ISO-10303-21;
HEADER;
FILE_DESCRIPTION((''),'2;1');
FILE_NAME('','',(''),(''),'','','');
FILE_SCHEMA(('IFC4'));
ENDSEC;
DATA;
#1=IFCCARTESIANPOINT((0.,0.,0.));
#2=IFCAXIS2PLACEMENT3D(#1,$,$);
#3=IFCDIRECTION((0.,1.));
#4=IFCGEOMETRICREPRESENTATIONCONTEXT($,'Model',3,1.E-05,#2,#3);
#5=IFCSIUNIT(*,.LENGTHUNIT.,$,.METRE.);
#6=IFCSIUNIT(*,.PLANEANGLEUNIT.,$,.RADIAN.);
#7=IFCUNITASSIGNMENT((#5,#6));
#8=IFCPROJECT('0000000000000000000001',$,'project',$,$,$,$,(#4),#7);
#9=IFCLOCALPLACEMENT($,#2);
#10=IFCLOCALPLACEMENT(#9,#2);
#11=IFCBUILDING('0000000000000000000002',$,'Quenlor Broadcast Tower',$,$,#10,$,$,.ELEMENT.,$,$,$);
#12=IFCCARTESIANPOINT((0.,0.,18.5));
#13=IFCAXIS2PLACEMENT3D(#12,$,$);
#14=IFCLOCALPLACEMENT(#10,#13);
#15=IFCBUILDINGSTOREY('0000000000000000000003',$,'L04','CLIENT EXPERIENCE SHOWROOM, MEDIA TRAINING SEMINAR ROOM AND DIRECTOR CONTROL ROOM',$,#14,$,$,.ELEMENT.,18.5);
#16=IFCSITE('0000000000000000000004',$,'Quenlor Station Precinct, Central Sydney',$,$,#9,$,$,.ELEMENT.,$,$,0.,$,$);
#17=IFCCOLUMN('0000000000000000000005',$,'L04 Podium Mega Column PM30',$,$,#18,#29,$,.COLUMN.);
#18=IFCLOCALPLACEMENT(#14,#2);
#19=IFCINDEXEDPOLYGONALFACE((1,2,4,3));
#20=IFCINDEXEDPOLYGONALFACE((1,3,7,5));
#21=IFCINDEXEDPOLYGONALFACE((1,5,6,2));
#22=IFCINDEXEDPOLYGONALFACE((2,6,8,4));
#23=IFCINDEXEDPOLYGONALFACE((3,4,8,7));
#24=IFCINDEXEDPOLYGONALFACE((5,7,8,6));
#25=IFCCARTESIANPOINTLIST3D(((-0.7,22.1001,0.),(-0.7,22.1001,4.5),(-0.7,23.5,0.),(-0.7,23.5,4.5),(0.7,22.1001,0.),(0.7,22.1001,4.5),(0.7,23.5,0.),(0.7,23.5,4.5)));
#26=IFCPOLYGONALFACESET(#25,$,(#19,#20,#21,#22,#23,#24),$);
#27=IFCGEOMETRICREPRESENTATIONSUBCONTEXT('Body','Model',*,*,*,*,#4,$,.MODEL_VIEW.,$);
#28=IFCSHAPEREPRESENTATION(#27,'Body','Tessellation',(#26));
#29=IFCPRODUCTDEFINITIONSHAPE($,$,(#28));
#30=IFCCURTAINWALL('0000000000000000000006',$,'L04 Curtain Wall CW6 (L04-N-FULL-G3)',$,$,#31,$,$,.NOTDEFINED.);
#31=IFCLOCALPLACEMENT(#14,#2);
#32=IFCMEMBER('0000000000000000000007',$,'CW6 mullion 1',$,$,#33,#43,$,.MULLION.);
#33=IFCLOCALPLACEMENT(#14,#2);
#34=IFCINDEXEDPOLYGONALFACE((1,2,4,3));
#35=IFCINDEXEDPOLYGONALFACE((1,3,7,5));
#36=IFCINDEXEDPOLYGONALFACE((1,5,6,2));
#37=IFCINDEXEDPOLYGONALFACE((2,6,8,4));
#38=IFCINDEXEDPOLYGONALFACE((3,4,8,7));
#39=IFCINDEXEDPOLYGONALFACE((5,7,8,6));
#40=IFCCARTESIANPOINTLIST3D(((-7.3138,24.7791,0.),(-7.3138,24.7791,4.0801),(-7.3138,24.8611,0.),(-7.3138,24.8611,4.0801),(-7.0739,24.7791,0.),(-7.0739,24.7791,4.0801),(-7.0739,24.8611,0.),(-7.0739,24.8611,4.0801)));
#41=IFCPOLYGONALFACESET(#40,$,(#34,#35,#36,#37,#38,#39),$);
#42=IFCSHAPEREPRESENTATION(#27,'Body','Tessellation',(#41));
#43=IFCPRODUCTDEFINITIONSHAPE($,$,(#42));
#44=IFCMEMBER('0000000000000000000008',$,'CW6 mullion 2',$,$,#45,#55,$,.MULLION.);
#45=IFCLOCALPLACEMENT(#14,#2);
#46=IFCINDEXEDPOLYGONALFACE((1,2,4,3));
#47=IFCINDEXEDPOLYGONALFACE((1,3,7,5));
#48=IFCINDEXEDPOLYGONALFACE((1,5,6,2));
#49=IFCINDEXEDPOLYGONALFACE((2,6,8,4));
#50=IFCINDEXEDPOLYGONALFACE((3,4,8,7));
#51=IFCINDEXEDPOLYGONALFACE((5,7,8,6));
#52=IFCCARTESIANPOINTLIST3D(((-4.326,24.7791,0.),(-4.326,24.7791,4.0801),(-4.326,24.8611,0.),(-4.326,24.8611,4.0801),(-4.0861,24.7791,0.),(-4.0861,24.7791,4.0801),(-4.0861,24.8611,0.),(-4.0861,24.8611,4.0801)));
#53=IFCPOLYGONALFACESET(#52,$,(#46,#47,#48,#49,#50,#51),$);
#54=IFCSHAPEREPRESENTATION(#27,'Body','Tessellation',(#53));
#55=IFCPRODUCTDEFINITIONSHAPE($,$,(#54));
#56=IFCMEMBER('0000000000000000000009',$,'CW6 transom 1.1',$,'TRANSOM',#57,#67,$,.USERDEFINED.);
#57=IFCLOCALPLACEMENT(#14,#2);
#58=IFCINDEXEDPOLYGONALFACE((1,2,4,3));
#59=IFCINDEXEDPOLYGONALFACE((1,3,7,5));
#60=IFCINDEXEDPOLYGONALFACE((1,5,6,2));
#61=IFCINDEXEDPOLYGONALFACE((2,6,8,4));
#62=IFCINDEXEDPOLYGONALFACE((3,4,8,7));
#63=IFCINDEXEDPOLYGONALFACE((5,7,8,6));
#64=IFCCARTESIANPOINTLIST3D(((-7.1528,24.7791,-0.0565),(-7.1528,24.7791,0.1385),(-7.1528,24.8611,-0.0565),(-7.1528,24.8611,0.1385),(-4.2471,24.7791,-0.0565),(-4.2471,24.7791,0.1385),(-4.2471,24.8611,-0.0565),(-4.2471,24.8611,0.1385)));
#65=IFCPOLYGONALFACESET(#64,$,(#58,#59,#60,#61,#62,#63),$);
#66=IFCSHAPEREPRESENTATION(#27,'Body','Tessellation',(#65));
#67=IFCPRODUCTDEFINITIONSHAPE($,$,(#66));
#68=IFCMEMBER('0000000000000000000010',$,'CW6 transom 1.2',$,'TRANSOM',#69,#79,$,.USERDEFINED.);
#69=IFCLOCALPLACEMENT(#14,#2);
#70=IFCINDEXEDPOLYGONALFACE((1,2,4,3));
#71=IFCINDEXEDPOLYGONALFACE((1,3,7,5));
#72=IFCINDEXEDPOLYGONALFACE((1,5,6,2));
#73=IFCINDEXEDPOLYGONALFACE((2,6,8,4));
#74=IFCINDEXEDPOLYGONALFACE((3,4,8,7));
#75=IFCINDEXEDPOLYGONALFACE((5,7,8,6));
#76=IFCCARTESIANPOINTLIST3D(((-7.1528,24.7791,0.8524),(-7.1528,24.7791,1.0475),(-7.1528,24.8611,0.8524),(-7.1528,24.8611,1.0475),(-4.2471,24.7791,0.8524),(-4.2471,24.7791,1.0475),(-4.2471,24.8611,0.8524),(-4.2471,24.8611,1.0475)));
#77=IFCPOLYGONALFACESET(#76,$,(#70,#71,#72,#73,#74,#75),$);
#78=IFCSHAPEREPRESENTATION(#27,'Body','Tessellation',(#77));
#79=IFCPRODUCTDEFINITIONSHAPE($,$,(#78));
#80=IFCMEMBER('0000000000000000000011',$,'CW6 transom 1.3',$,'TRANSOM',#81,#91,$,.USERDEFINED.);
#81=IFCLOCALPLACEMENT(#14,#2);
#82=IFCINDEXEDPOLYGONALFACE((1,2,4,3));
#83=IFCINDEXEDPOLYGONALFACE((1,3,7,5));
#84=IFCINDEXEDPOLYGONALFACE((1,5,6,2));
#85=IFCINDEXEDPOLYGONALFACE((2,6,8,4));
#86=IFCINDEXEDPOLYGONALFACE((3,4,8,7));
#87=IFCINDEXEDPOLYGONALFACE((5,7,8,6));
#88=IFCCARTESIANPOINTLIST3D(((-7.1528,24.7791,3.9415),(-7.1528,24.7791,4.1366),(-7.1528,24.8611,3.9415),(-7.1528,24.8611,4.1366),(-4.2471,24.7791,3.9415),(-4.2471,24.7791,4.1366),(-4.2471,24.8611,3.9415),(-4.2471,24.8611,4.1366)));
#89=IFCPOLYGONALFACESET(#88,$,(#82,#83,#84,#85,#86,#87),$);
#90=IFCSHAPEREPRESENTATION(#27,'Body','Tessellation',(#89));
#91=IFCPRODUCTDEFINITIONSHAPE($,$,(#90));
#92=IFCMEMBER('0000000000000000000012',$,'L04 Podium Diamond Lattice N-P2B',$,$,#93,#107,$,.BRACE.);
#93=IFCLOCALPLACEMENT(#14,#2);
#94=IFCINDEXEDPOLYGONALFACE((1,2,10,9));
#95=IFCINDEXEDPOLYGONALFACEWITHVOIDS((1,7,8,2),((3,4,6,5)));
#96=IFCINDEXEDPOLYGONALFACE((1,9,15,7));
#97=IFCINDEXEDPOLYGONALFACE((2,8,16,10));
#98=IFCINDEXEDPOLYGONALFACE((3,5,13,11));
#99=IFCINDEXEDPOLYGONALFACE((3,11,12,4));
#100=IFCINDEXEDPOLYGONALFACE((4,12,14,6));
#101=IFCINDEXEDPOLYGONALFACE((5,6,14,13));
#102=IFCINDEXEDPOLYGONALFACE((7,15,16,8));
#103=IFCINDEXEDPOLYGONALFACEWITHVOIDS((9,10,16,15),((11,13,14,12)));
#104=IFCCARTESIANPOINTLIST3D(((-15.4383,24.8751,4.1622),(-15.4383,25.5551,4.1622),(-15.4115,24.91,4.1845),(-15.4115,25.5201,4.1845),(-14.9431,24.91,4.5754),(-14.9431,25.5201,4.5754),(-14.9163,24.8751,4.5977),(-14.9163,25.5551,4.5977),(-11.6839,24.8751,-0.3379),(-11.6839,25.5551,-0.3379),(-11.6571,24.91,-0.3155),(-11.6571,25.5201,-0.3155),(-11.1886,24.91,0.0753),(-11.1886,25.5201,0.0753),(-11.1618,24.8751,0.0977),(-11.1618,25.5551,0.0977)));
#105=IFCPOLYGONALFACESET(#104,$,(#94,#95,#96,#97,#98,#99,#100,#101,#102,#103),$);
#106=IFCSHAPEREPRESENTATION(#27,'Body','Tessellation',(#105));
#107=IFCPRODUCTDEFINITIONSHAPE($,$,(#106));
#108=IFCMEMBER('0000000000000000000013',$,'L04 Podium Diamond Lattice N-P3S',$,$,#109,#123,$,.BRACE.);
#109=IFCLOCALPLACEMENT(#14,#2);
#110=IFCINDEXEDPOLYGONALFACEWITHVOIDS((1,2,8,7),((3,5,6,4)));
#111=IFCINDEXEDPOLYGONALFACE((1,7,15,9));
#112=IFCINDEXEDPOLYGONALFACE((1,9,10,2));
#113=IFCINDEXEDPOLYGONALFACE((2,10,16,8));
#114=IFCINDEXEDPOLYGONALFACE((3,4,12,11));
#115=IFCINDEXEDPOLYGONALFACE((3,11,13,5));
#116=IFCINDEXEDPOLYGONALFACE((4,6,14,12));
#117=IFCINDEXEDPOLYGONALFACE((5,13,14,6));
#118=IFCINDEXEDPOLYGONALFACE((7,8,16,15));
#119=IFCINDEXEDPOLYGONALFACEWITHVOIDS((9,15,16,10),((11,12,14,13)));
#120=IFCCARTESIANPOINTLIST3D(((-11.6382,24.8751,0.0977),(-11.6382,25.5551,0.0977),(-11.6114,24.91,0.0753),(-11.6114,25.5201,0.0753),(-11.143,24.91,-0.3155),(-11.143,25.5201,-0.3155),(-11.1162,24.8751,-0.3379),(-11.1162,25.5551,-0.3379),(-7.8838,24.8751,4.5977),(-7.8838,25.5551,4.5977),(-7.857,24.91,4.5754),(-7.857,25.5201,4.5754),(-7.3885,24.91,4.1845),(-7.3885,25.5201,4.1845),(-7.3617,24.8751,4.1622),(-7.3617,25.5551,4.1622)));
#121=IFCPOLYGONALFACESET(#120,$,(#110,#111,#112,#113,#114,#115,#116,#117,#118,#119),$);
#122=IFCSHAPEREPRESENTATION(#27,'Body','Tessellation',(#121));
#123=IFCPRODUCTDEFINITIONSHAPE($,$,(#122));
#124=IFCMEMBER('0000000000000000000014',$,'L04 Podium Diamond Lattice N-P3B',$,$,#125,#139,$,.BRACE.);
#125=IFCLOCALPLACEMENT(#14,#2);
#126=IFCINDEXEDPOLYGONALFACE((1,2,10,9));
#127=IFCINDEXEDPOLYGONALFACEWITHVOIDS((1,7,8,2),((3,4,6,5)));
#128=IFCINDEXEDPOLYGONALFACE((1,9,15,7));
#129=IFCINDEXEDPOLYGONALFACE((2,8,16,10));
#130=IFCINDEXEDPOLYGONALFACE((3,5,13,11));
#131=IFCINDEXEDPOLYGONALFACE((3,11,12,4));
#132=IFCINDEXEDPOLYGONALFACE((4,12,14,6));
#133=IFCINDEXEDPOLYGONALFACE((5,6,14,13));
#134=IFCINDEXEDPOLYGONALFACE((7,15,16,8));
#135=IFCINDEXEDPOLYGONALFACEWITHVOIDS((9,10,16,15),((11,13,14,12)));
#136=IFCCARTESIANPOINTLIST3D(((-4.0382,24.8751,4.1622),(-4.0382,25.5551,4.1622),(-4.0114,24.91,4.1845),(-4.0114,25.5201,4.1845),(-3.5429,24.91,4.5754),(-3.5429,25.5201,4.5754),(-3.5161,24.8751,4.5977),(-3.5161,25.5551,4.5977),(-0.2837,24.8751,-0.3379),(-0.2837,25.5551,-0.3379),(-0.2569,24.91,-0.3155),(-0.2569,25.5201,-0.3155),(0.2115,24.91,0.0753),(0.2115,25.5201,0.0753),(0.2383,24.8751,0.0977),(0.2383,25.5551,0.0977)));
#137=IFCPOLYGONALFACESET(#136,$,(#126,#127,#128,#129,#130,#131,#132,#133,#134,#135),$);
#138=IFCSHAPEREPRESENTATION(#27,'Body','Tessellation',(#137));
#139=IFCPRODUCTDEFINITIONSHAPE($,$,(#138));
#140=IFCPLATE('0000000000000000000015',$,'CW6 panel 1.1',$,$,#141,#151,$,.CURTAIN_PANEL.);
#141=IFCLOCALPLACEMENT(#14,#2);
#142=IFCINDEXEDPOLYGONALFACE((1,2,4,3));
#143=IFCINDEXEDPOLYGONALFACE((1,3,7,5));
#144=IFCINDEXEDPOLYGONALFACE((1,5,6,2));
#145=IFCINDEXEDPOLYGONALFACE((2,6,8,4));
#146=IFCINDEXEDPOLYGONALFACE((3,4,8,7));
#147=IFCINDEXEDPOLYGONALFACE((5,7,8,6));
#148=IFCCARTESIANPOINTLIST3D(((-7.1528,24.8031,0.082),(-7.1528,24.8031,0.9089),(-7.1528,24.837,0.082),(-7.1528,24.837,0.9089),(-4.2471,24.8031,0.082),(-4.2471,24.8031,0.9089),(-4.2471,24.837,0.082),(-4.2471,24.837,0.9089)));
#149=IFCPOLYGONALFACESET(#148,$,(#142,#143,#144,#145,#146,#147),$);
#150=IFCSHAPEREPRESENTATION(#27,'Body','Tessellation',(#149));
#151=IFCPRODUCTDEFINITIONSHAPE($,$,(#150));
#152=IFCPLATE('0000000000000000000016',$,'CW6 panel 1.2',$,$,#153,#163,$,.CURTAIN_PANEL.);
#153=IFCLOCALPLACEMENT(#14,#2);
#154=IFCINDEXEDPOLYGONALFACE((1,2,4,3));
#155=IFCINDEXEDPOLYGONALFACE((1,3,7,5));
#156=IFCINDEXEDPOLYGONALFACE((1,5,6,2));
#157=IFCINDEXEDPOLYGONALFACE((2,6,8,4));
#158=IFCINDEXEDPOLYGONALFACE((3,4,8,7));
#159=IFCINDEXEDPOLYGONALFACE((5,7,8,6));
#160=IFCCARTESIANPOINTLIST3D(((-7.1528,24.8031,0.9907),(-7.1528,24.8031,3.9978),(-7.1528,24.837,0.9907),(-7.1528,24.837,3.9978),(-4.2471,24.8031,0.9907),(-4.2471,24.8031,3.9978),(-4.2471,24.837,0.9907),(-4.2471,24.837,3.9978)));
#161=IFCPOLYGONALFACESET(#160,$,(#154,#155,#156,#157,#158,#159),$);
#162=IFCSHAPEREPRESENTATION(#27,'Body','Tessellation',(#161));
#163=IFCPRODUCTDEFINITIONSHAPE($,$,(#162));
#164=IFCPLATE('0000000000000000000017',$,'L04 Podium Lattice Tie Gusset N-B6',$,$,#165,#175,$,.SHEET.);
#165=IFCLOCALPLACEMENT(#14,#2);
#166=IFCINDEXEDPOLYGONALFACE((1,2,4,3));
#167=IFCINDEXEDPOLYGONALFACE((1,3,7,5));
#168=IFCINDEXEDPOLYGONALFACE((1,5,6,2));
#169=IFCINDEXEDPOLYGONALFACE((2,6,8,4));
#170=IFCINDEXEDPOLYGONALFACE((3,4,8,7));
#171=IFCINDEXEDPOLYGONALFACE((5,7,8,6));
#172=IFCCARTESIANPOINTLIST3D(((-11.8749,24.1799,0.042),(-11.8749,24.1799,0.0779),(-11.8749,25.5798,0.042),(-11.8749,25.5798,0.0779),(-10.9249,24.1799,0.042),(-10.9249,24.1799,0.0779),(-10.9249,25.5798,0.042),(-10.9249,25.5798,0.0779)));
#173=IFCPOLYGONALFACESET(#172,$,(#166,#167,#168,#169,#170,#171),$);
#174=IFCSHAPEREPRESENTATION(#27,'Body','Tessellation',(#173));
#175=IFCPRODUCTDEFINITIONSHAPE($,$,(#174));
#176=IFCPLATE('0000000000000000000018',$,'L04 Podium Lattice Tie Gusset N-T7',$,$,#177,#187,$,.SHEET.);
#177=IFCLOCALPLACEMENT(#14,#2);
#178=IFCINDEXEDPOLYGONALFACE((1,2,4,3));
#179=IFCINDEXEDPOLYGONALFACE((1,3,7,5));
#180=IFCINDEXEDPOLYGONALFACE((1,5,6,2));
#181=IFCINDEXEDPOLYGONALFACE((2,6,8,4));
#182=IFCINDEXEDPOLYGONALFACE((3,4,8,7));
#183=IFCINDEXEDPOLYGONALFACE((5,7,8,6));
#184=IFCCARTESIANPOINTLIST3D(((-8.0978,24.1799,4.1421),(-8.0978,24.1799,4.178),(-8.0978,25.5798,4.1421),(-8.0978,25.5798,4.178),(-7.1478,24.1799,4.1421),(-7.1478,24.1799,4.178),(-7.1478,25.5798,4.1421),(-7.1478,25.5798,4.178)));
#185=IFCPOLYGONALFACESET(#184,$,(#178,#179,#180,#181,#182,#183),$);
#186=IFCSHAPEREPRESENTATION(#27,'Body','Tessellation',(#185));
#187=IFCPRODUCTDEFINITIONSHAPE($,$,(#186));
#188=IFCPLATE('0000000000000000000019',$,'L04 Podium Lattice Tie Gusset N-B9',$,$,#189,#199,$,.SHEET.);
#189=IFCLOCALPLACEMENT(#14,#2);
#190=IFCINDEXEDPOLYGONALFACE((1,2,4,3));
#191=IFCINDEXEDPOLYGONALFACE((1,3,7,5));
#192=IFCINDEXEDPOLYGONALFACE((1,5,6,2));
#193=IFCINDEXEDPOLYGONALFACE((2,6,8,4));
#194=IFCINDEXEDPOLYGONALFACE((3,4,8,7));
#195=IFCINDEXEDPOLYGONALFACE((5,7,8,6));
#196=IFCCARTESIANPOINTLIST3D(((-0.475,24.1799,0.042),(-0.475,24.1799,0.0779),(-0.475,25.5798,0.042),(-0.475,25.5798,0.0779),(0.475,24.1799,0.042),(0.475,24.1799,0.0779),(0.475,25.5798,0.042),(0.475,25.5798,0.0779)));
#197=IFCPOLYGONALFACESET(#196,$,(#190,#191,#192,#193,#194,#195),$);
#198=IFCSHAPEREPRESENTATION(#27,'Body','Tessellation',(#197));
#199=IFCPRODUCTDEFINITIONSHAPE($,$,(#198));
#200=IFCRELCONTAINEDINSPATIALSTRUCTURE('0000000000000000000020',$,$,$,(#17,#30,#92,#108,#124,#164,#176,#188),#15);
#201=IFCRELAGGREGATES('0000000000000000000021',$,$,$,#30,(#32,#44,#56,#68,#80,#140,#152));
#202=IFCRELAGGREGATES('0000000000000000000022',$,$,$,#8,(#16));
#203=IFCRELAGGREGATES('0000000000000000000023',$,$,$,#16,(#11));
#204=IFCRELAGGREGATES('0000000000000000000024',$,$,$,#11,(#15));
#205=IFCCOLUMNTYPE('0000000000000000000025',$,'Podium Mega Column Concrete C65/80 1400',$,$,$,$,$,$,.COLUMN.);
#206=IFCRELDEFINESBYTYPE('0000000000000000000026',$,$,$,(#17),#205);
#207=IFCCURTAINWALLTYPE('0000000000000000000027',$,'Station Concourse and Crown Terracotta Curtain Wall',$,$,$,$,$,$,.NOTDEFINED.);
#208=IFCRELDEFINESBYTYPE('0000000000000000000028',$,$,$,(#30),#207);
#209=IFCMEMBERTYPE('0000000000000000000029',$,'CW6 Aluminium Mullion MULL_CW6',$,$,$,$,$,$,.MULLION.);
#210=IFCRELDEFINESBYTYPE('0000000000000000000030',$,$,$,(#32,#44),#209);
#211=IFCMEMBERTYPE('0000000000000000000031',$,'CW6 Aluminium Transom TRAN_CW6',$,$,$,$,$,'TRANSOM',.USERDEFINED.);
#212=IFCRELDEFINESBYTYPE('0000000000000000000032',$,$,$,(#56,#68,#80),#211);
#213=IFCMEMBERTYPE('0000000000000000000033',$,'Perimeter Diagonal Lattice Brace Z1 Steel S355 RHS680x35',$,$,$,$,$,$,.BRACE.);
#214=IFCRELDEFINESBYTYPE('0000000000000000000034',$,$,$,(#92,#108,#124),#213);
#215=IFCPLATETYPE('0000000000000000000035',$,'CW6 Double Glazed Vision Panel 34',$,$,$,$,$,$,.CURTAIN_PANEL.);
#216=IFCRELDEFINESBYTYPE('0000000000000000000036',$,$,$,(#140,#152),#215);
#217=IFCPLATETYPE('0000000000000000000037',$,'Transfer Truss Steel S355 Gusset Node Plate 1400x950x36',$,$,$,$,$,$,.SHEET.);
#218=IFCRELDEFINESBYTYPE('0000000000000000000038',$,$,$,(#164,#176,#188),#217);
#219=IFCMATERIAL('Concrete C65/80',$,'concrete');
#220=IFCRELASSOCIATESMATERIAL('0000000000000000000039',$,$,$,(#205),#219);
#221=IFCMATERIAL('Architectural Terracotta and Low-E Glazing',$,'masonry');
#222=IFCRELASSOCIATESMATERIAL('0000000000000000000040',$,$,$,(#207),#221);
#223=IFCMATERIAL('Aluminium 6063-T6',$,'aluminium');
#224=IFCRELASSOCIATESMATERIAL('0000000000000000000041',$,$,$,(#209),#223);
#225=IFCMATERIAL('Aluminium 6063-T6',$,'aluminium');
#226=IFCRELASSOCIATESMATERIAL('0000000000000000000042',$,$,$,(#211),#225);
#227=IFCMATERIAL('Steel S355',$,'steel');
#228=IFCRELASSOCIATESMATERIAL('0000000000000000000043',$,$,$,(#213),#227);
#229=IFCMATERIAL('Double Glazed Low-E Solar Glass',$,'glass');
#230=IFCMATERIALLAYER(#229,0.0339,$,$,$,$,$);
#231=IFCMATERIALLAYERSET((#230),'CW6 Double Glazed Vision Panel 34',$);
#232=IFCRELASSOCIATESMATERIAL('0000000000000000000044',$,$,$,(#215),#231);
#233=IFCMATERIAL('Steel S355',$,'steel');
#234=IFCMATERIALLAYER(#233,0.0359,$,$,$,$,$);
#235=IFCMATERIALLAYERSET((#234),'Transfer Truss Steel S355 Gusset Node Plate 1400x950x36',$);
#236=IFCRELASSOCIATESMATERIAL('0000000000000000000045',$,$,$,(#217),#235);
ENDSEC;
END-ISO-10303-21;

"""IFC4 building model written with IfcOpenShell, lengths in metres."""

from ifc_helpers import new_model, si_unit, direction, frame, origin, origin_2d, place, context, subcontext, project, spatial, rectangle, hollow_rectangle, extrude, material, layer, layer_set, material_profile, profile_set, type_object, element, aggregate, save


model = new_model("IFC4")

# Units and contexts
model_context = context("Model", 3, precision=1e-05, world=origin(), true_north=direction((0.0, 1.0)))
body_context = subcontext(model_context, "Body", "Model", "MODEL_VIEW")
ifc_project = project(units=[si_unit("LENGTHUNIT", "METRE"), si_unit("PLANEANGLEUNIT", "RADIAN")], contexts=[model_context])

# Site, building, storey
site_placement = place(None, origin())
site = spatial("IfcSite", under=ifc_project, at=site_placement, Name="Quenlor Station Precinct, Central Sydney", CompositionType="ELEMENT", RefElevation=0.0)
building_placement = place(site_placement, origin())
building = spatial("IfcBuilding", under=site, at=building_placement, Name="Quenlor Broadcast Tower", CompositionType="ELEMENT")
storey_placement = place(building_placement, frame((0.0, 0.0, 18.5)))
storey = spatial("IfcBuildingStorey", under=building, at=storey_placement, Name="L04", Description="CLIENT EXPERIENCE SHOWROOM, MEDIA TRAINING SEMINAR ROOM AND DIRECTOR CONTROL ROOM", CompositionType="ELEMENT", Elevation=18.5)

# Column
ifc_material_1 = material(Name="Concrete C65/80", Category="concrete")
ifc_material_profile_1 = material_profile(ifc_material_1, rectangle(XDim=1.3999, YDim=1.3999, at=origin_2d()))
ifc_profile_set_1 = profile_set([ifc_material_profile_1], Name="Concrete C65/80 RC1400x1400")
column_type = type_object("IfcColumnType", Name="Podium Mega Column Concrete C65/80 1400", PredefinedType="COLUMN", material=ifc_profile_set_1)
column_placement = place(storey_placement, frame((0.0, 22.8, 0.0), z_axis=(0.0, 0.0, 1.0), x_axis=(1.0, 0.0, 0.0)))
element("IfcColumn", 1, at=column_placement, inside=storey, type_object=column_type, Name="L04 Podium Mega Column PM30", PredefinedType="COLUMN", context=body_context, shape_type="SweptSolid", body=[
    extrude(rectangle(XDim=1.3999, YDim=1.3999, at=origin_2d()), origin(), (0.0, 0.0, 1.0), 4.5),
])

# Curtain wall, members
ifc_material_2 = material(Name="Architectural Terracotta and Low-E Glazing", Category="masonry")
curtain_wall_type = type_object("IfcCurtainWallType", Name="Station Concourse and Crown Terracotta Curtain Wall", PredefinedType="NOTDEFINED", material=ifc_material_2)
curtain_wall_placement = place(storey_placement, origin())
curtain_wall = element("IfcCurtainWall", 2, at=curtain_wall_placement, inside=storey, type_object=curtain_wall_type, Name="L04 Curtain Wall CW6 (L04-N-FULL-G3)", PredefinedType="NOTDEFINED")
ifc_material_3 = material(Name="Aluminium 6063-T6", Category="aluminium")
ifc_material_profile_2 = material_profile(ifc_material_3, rectangle(XDim=0.082, YDim=0.24, at=origin_2d()))
ifc_profile_set_2 = profile_set([ifc_material_profile_2], Name="Aluminium 6063-T6 MULL82x240")
member_type_1 = type_object("IfcMemberType", Name="CW6 Aluminium Mullion MULL_CW6", PredefinedType="MULLION", material=ifc_profile_set_2)
member_1_placement = place(storey_placement, frame((-7.1938, 24.8201, 0.0), z_axis=(0.0, 0.0, 1.0), x_axis=(0.0, 1.0, 0.0)))
member_1 = element("IfcMember", 3, at=member_1_placement, type_object=member_type_1, Name="CW6 mullion 1", PredefinedType="MULLION", context=body_context, shape_type="SweptSolid", body=[
    extrude(rectangle(XDim=0.082, YDim=0.24, at=origin_2d()), origin(), (0.0, 0.0, 1.0), 4.0801),
])
member_2_placement = place(storey_placement, frame((-4.2061, 24.8201, 0.0), z_axis=(0.0, 0.0, 1.0), x_axis=(0.0, 1.0, 0.0)))
member_2 = element("IfcMember", 4, at=member_2_placement, type_object=member_type_1, Name="CW6 mullion 2", PredefinedType="MULLION", context=body_context, shape_type="SweptSolid", body=[
    extrude(rectangle(XDim=0.082, YDim=0.24, at=origin_2d()), origin(), (0.0, 0.0, 1.0), 4.0801),
])
ifc_material_4 = material(Name="Aluminium 6063-T6", Category="aluminium")
ifc_material_profile_3 = material_profile(ifc_material_4, rectangle(XDim=0.082, YDim=0.1951, at=origin_2d()))
ifc_profile_set_3 = profile_set([ifc_material_profile_3], Name="Aluminium 6063-T6 TRAN82x195")
member_type_2 = type_object("IfcMemberType", Name="CW6 Aluminium Transom TRAN_CW6", ElementType="TRANSOM", PredefinedType="USERDEFINED", material=ifc_profile_set_3)
member_3_placement = place(storey_placement, frame((-7.1528, 24.8201, 0.041), z_axis=(1.0, 0.0, 0.0), x_axis=(0.0, 1.0, 0.0)))
member_3 = element("IfcMember", 5, at=member_3_placement, type_object=member_type_2, Name="CW6 transom 1.1", ObjectType="TRANSOM", PredefinedType="USERDEFINED", context=body_context, shape_type="SweptSolid", body=[
    extrude(rectangle(XDim=0.082, YDim=0.1951, at=origin_2d()), origin(), (0.0, 0.0, 1.0), 2.9058),
])
member_4_placement = place(storey_placement, frame((-7.1528, 24.8201, 0.95), z_axis=(1.0, 0.0, 0.0), x_axis=(0.0, 1.0, 0.0)))
member_4 = element("IfcMember", 6, at=member_4_placement, type_object=member_type_2, Name="CW6 transom 1.2", ObjectType="TRANSOM", PredefinedType="USERDEFINED", context=body_context, shape_type="SweptSolid", body=[
    extrude(rectangle(XDim=0.082, YDim=0.1951, at=origin_2d()), origin(), (0.0, 0.0, 1.0), 2.9058),
])
member_5_placement = place(storey_placement, frame((-7.1528, 24.8201, 4.0391), z_axis=(1.0, 0.0, 0.0), x_axis=(0.0, 1.0, 0.0)))
member_5 = element("IfcMember", 7, at=member_5_placement, type_object=member_type_2, Name="CW6 transom 1.3", ObjectType="TRANSOM", PredefinedType="USERDEFINED", context=body_context, shape_type="SweptSolid", body=[
    extrude(rectangle(XDim=0.082, YDim=0.1951, at=origin_2d()), origin(), (0.0, 0.0, 1.0), 2.9058),
])

# Members
ifc_material_5 = material(Name="Steel S355", Category="steel")
ifc_material_profile_4 = material_profile(ifc_material_5, hollow_rectangle(XDim=0.6799, YDim=0.6799, WallThickness=0.0349, at=origin_2d()))
ifc_profile_set_4 = profile_set([ifc_material_profile_4], Name="Steel S355 RHS680x680x35")
member_type_3 = type_object("IfcMemberType", Name="Perimeter Diagonal Lattice Brace Z1 Steel S355 RHS680x35", PredefinedType="BRACE", material=ifc_profile_set_4)
for number, where, z_axis, x_axis, name in (
    (8, (-11.4229, 25.2151, -0.1201), (-0.640627, 0.0, 0.767852), (0.0, -1.0, 0.0), "L04 Podium Diamond Lattice N-P2B"),
    (9, (-11.3772, 25.2151, -0.1201), (0.640627, 0.0, 0.767852), (0.0, 1.0, 0.0), "L04 Podium Diamond Lattice N-P3S"),
    (10, (-0.0227, 25.2151, -0.1201), (-0.640627, 0.0, 0.767852), (0.0, -1.0, 0.0), "L04 Podium Diamond Lattice N-P3B"),
):
    element("IfcMember", number, at=place(storey_placement, frame(where, z_axis=z_axis, x_axis=x_axis)), inside=storey, type_object=member_type_3, Name=name, PredefinedType="BRACE", context=body_context, shape_type="SweptSolid", body=[
        extrude(hollow_rectangle(XDim=0.6799, YDim=0.6799, WallThickness=0.0349, at=origin_2d()), origin(), (0.0, 0.0, 1.0), 5.8606),
    ])

# Plates
ifc_material_6 = material(Name="Double Glazed Low-E Solar Glass", Category="glass")
ifc_layer_1 = layer(ifc_material_6, 0.0339)
ifc_layer_set_1 = layer_set([ifc_layer_1], Name="CW6 Double Glazed Vision Panel 34")
plate_type_1 = type_object("IfcPlateType", Name="CW6 Double Glazed Vision Panel 34", PredefinedType="CURTAIN_PANEL", material=ifc_layer_set_1)
plate_1_placement = place(storey_placement, frame((-5.7, 24.8201, 0.082), z_axis=(0.0, 0.0, 1.0), x_axis=(1.0, 0.0, 0.0)))
plate_1 = element("IfcPlate", 11, at=plate_1_placement, type_object=plate_type_1, Name="CW6 panel 1.1", PredefinedType="CURTAIN_PANEL", context=body_context, shape_type="SweptSolid", body=[
    extrude(rectangle(XDim=2.9058, YDim=0.0339, at=origin_2d()), origin(), (0.0, 0.0, 1.0), 0.8269),
])
plate_2_placement = place(storey_placement, frame((-5.7, 24.8201, 0.9907), z_axis=(0.0, 0.0, 1.0), x_axis=(1.0, 0.0, 0.0)))
plate_2 = element("IfcPlate", 12, at=plate_2_placement, type_object=plate_type_1, Name="CW6 panel 1.2", PredefinedType="CURTAIN_PANEL", context=body_context, shape_type="SweptSolid", body=[
    extrude(rectangle(XDim=2.9058, YDim=0.0339, at=origin_2d()), origin(), (0.0, 0.0, 1.0), 3.0071),
])
aggregate(curtain_wall, [member_1, member_2, member_3, member_4, member_5, plate_1, plate_2])

# Plates
ifc_material_7 = material(Name="Steel S355", Category="steel")
ifc_layer_2 = layer(ifc_material_7, 0.0359)
ifc_layer_set_2 = layer_set([ifc_layer_2], Name="Transfer Truss Steel S355 Gusset Node Plate 1400x950x36")
plate_type_2 = type_object("IfcPlateType", Name="Transfer Truss Steel S355 Gusset Node Plate 1400x950x36", PredefinedType="SHEET", material=ifc_layer_set_2)
for number, where, z_axis, x_axis, name in (
    (13, (-11.3999, 24.8799, 0.042), (0.0, 0.0, 1.0), (0.0, 1.0, 0.0), "L04 Podium Lattice Tie Gusset N-B6"),
    (14, (-7.6228, 24.8799, 4.1421), (0.0, 0.0, 1.0), (0.0, 1.0, 0.0), "L04 Podium Lattice Tie Gusset N-T7"),
    (15, (0.0, 24.8799, 0.042), (0.0, 0.0, 1.0), (0.0, 1.0, 0.0), "L04 Podium Lattice Tie Gusset N-B9"),
):
    element("IfcPlate", number, at=place(storey_placement, frame(where, z_axis=z_axis, x_axis=x_axis)), inside=storey, type_object=plate_type_2, Name=name, PredefinedType="SHEET", context=body_context, shape_type="SweptSolid", body=[
        extrude(rectangle(XDim=1.3999, YDim=0.95, at=origin_2d()), origin(), (0.0, 0.0, 1.0), 0.0359),
    ])

save(model, "model.ifc")
